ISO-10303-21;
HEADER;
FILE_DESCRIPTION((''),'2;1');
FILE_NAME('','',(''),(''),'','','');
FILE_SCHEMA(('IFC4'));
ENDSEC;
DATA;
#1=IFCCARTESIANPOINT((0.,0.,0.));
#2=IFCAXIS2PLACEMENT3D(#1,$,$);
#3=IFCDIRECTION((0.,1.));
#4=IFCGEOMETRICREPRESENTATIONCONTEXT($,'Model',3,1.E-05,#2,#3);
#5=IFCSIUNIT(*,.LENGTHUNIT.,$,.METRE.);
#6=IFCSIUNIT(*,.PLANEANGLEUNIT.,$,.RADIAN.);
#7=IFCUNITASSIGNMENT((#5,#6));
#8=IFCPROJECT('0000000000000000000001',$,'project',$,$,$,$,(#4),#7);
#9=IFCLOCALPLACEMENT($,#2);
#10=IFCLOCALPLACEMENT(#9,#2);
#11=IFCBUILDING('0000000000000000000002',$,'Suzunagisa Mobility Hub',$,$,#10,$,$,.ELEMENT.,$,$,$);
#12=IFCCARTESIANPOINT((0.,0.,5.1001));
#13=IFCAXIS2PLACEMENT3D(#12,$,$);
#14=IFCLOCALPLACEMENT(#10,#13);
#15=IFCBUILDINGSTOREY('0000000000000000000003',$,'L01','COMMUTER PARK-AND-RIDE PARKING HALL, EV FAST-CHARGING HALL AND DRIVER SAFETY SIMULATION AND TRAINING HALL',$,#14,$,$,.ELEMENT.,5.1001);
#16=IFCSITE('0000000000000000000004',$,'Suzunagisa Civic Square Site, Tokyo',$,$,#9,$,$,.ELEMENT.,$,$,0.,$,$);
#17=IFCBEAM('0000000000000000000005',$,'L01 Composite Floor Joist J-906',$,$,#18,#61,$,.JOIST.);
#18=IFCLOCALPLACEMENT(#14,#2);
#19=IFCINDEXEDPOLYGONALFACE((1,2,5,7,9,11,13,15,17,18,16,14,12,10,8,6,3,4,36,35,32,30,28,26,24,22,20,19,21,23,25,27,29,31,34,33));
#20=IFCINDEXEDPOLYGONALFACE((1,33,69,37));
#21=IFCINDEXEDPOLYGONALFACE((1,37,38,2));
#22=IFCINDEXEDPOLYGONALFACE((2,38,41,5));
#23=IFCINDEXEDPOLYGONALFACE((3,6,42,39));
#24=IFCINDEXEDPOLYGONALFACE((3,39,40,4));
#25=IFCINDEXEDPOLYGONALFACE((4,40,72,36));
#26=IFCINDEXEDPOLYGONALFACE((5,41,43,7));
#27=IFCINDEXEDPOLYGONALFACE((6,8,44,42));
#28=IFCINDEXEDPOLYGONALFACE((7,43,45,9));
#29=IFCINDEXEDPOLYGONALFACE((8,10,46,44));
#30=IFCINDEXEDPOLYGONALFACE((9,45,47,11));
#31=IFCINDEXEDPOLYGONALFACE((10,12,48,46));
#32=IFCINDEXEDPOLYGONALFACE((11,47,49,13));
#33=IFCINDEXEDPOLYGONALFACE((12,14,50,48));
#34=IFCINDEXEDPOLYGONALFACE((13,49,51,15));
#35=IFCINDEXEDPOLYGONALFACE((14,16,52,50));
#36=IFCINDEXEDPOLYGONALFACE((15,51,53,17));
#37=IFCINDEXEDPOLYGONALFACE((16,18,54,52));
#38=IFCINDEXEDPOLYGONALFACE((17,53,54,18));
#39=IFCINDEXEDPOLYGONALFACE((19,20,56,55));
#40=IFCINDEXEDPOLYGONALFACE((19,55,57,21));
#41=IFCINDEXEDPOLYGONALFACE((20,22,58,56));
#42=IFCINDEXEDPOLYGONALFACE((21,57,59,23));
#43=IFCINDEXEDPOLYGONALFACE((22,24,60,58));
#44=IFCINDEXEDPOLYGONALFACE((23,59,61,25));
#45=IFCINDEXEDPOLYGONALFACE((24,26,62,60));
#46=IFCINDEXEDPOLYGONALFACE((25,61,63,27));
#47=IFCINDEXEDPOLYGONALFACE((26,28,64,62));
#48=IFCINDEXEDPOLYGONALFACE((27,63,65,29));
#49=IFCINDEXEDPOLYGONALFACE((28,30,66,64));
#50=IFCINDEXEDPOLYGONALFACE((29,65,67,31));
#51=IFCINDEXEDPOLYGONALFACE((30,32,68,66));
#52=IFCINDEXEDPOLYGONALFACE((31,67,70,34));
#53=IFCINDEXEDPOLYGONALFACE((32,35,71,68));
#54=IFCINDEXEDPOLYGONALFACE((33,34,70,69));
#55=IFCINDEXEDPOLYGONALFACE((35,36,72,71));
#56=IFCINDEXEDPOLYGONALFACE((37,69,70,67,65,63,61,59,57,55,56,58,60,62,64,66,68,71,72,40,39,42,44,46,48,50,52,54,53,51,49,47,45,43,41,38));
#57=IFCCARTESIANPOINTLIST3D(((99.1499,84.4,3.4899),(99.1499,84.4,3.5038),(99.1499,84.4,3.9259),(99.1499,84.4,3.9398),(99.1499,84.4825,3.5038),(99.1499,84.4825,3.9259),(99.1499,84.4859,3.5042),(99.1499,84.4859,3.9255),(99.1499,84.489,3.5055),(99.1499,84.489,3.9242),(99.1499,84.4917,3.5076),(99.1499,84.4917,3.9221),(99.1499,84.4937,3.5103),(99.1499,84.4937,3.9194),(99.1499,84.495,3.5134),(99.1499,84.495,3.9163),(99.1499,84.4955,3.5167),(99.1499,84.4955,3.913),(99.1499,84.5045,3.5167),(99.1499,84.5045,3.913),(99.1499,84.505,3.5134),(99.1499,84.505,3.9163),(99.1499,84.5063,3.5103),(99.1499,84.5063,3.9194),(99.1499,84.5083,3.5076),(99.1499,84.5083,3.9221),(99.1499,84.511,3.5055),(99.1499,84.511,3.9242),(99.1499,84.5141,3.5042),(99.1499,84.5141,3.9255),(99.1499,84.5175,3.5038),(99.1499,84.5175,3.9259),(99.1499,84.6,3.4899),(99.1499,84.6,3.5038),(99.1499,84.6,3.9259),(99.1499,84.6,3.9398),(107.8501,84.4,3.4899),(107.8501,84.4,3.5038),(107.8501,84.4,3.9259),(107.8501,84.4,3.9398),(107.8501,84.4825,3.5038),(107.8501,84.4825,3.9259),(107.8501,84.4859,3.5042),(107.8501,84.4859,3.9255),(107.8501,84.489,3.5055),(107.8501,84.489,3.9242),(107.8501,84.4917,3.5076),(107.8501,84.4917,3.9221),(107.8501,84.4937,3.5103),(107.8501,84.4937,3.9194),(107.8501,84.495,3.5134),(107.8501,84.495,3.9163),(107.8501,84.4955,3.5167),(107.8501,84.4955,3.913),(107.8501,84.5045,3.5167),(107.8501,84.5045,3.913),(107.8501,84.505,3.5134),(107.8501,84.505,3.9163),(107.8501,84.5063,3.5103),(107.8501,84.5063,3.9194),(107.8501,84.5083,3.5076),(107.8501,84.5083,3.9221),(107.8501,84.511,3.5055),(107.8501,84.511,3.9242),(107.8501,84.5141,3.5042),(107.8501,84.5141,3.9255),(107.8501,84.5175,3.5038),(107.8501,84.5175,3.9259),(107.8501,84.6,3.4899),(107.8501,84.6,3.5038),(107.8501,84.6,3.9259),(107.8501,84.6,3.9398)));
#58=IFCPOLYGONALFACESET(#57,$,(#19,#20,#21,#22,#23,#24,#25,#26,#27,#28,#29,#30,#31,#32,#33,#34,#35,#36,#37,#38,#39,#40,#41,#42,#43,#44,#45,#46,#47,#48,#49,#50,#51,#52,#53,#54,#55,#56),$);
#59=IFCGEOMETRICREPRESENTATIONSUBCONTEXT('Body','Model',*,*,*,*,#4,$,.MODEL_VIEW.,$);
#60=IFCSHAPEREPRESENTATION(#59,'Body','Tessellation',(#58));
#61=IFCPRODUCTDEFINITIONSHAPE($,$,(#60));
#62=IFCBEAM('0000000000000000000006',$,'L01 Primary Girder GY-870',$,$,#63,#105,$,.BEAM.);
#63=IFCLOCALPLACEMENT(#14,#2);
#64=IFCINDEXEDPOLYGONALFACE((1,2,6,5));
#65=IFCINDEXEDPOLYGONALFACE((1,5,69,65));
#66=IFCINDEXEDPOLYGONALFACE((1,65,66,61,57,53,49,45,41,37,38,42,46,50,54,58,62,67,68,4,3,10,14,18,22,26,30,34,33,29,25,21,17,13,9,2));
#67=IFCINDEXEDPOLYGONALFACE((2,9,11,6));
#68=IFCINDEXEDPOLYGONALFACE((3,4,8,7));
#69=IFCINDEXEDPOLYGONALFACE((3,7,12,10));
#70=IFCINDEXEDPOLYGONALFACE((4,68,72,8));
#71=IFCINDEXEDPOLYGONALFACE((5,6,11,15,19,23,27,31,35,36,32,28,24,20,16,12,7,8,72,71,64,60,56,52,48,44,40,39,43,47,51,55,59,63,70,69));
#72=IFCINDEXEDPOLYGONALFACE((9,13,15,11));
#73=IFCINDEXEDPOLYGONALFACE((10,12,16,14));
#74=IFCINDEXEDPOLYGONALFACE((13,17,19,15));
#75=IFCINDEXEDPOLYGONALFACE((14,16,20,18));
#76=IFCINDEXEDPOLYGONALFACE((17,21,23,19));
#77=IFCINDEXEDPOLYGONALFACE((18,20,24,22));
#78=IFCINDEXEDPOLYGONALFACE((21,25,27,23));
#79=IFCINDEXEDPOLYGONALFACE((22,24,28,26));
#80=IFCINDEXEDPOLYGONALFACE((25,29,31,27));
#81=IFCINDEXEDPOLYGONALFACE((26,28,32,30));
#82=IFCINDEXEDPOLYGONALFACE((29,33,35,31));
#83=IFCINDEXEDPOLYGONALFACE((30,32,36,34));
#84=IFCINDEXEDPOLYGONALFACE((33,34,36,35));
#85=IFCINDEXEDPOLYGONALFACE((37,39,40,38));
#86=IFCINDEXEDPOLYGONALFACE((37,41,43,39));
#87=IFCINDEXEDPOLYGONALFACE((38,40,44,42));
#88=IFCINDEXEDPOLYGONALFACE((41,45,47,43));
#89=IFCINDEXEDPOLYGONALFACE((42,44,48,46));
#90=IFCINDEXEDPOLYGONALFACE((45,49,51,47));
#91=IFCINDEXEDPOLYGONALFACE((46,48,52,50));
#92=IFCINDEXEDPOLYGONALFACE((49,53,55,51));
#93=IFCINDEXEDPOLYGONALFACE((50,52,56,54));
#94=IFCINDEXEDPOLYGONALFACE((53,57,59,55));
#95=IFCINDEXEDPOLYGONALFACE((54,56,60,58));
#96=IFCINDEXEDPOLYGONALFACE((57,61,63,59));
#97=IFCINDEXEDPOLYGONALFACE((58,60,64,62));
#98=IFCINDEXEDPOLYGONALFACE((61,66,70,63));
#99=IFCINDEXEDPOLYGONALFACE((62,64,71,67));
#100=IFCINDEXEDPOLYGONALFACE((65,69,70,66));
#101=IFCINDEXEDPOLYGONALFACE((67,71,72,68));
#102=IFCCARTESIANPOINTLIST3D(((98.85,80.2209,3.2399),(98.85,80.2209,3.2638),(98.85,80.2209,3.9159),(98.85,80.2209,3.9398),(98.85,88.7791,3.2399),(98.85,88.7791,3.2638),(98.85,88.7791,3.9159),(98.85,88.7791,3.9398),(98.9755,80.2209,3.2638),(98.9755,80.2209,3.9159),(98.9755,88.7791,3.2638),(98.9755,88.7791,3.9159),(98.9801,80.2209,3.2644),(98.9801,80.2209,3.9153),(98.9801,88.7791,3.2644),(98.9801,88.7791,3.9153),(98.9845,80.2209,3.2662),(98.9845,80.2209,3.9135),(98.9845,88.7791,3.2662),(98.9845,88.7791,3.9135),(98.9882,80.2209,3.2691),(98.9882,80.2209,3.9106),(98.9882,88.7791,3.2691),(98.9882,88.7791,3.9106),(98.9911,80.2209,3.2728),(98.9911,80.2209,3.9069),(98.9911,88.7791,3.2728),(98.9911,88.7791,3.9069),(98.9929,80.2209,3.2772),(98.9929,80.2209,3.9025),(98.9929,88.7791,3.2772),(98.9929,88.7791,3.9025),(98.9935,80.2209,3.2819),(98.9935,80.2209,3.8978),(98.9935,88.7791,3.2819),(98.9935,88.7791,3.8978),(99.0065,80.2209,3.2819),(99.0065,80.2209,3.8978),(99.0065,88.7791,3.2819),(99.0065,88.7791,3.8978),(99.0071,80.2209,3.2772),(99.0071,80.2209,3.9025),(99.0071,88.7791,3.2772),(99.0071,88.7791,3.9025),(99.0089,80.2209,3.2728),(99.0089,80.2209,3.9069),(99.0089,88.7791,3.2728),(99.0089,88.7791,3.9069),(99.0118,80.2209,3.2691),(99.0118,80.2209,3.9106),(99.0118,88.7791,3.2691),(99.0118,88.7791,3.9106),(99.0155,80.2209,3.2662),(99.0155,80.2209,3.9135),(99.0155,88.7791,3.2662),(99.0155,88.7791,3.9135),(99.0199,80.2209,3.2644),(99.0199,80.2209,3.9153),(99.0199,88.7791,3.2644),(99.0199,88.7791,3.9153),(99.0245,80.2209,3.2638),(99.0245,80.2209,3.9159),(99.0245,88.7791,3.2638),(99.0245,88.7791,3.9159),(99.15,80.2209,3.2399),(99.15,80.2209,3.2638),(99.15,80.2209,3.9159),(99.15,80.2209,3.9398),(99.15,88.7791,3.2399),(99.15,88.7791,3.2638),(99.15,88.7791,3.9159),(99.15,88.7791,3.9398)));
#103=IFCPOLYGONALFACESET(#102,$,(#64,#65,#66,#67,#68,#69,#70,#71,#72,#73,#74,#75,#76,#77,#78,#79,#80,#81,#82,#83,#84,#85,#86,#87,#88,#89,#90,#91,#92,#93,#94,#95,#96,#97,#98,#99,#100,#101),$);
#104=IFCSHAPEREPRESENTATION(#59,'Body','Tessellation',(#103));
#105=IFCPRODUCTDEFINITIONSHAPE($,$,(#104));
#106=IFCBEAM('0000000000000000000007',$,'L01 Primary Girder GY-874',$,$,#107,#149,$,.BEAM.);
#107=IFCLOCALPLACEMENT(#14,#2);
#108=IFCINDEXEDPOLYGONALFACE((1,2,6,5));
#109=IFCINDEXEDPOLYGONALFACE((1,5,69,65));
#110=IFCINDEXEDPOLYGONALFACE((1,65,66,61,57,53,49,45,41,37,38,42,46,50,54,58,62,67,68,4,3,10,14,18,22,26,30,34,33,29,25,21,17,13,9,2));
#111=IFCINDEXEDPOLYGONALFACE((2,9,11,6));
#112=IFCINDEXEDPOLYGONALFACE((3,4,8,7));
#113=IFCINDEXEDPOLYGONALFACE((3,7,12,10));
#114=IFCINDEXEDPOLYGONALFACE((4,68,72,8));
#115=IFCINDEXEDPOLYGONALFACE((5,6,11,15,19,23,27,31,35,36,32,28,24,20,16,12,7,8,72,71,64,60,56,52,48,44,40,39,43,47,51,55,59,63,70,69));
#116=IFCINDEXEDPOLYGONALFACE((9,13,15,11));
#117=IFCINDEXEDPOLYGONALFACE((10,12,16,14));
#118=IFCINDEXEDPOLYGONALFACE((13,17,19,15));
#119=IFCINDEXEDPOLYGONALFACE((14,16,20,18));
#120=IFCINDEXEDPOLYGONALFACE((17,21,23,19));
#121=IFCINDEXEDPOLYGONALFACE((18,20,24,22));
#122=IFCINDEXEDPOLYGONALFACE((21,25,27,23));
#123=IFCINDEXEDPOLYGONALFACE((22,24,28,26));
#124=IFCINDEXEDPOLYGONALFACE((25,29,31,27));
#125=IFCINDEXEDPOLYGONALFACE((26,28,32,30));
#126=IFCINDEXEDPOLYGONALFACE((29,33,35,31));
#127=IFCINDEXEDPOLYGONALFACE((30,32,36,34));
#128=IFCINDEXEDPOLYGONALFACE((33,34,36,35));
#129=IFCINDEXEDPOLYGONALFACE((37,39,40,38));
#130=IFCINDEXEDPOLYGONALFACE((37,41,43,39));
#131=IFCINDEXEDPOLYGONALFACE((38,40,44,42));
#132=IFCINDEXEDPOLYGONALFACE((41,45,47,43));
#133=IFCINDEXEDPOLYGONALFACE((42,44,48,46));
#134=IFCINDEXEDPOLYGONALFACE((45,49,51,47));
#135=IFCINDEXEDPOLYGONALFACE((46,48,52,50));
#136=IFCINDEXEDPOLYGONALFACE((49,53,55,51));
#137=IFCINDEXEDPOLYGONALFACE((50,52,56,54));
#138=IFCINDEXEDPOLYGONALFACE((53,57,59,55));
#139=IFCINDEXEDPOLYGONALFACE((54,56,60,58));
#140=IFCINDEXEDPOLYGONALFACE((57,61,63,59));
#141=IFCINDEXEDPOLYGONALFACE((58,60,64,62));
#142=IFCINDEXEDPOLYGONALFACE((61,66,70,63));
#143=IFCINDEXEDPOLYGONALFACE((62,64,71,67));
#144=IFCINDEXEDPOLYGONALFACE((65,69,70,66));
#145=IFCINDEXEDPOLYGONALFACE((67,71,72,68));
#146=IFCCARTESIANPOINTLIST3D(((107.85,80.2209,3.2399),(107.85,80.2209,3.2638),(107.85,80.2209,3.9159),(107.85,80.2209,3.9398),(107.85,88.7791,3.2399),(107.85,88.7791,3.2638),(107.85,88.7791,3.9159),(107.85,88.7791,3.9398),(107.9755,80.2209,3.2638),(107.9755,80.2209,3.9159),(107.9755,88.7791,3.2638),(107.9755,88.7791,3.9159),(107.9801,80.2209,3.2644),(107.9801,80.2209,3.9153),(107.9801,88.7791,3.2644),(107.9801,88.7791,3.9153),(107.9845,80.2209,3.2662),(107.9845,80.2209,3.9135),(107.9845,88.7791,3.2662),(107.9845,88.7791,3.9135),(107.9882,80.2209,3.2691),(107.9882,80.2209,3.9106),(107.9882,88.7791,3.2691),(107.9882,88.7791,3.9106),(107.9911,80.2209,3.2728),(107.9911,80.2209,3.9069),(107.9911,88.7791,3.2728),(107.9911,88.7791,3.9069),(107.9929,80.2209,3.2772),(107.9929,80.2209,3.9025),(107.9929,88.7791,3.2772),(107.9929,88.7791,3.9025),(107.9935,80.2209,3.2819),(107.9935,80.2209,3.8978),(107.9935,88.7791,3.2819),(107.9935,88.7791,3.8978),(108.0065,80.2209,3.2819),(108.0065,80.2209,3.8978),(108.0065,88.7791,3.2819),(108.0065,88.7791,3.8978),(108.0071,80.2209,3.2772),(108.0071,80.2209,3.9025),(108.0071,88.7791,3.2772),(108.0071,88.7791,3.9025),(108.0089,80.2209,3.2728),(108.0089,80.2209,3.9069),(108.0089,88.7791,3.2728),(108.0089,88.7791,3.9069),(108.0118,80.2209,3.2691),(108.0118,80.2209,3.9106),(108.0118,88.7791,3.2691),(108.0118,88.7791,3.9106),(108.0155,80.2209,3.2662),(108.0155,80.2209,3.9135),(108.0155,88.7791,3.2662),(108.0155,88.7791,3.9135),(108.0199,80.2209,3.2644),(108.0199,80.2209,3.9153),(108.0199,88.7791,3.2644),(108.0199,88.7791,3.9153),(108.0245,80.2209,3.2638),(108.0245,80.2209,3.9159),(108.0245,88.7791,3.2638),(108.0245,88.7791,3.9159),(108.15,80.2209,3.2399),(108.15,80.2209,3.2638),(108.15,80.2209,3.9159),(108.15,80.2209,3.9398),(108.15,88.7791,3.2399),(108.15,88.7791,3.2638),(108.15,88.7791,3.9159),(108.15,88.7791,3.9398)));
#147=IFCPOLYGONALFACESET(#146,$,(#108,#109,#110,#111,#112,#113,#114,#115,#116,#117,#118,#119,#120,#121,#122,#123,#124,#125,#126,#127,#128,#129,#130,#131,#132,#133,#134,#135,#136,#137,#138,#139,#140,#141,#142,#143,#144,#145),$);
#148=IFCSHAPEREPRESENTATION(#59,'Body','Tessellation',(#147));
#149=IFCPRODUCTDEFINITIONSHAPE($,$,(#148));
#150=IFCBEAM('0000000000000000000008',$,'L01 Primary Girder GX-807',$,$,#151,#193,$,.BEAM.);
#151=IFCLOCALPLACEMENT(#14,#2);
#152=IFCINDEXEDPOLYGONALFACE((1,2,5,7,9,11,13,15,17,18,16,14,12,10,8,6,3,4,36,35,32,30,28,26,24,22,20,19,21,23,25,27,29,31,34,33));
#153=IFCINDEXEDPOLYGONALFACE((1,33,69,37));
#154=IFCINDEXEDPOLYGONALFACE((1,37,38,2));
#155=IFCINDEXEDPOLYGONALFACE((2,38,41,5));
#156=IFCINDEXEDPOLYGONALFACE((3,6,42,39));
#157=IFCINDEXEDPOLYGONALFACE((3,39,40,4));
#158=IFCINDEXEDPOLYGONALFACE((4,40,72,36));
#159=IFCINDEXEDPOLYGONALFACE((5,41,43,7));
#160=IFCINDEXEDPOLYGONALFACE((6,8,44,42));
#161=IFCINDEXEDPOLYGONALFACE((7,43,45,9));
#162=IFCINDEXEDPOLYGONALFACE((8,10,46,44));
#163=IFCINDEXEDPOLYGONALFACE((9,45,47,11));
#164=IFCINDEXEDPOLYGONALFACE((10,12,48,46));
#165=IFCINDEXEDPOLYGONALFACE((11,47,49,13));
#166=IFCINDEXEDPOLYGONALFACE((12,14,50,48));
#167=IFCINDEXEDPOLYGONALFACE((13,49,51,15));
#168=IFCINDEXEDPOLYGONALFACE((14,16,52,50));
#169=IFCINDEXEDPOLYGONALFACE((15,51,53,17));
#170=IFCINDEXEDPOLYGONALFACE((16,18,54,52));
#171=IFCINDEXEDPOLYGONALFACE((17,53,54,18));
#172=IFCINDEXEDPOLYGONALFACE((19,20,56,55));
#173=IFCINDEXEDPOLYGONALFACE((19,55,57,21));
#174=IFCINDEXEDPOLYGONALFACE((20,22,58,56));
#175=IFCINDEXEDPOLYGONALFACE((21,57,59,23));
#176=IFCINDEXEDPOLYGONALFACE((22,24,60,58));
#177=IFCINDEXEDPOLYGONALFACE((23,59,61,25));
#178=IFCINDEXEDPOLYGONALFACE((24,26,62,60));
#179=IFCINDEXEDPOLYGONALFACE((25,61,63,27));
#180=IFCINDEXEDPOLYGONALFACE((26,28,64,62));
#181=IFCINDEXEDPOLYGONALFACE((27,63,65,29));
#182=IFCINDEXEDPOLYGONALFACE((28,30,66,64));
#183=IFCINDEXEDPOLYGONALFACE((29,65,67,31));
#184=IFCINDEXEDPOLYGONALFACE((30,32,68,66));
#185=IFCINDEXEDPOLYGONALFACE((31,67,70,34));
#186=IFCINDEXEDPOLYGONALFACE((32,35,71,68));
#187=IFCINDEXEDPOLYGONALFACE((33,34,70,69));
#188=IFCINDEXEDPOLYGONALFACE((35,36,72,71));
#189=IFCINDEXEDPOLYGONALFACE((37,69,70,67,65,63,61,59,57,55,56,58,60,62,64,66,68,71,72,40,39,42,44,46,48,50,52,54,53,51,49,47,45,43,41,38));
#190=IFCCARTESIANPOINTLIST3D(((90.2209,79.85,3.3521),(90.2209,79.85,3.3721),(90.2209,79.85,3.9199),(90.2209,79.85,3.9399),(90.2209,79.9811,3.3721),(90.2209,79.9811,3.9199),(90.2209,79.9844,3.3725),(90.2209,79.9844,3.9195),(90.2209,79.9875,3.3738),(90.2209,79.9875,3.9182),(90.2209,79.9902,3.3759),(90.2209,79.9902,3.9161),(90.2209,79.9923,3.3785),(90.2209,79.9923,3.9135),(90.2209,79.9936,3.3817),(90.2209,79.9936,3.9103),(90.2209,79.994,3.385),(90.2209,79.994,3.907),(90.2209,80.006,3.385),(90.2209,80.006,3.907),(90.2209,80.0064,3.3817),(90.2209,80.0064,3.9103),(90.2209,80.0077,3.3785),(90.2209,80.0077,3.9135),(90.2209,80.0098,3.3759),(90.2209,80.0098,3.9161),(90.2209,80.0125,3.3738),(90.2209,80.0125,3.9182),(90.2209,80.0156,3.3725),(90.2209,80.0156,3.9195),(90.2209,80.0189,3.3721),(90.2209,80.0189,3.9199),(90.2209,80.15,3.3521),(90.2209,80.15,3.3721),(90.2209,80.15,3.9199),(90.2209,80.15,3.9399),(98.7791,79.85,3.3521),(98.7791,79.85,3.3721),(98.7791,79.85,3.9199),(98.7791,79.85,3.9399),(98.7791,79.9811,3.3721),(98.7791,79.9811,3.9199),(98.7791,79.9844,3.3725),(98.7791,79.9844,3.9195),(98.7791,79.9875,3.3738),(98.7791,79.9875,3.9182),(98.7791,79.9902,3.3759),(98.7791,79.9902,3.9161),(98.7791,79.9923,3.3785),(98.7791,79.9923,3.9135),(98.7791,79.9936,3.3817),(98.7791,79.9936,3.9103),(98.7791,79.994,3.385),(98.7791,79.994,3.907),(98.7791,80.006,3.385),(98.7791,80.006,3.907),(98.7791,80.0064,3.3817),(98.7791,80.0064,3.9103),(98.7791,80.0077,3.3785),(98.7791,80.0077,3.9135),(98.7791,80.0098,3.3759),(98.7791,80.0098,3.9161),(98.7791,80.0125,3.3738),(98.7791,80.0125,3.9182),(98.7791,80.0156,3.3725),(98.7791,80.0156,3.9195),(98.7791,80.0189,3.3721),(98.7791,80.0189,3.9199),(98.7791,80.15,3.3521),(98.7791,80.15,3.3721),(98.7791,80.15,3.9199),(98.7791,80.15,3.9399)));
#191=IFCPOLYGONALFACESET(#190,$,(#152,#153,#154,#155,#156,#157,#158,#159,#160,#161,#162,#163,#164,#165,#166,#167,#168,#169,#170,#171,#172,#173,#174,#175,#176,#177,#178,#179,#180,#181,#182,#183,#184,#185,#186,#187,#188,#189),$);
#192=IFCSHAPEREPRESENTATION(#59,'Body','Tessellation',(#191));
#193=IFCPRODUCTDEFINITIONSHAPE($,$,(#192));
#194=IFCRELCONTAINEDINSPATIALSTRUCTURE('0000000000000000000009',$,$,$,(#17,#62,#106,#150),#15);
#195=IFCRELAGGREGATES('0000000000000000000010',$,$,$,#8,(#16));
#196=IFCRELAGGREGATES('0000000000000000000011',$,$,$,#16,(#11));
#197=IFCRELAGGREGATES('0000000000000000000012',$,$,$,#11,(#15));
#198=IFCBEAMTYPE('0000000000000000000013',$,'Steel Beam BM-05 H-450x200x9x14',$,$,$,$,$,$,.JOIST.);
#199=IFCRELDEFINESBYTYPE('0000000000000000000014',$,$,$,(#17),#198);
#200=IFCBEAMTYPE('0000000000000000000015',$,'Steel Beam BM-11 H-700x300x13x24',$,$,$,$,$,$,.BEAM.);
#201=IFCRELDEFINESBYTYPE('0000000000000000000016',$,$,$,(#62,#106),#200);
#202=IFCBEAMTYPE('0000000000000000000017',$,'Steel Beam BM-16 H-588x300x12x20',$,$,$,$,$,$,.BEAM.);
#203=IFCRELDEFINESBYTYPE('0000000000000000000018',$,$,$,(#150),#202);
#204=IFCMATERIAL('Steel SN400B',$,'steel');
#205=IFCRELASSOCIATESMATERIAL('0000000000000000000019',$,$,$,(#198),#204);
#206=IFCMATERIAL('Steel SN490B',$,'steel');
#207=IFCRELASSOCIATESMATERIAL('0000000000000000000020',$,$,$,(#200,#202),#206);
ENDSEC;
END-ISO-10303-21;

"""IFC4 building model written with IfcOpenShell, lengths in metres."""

from ifc_helpers import new_model, si_unit, direction, frame, origin, origin_2d, place, context, subcontext, project, spatial, i_section, extrude, material, material_profile, profile_set, type_object, element, save


model = new_model("IFC4")

# Units and contexts
model_context = context("Model", 3, precision=1e-05, world=origin(), true_north=direction((0.0, 1.0)))
body_context = subcontext(model_context, "Body", "Model", "MODEL_VIEW")
ifc_project = project(units=[si_unit("LENGTHUNIT", "METRE"), si_unit("PLANEANGLEUNIT", "RADIAN")], contexts=[model_context])

# Site, building, storey
site_placement = place(None, origin())
site = spatial("IfcSite", under=ifc_project, at=site_placement, Name="Suzunagisa Civic Square Site, Tokyo", CompositionType="ELEMENT", RefElevation=0.0)
building_placement = place(site_placement, origin())
building = spatial("IfcBuilding", under=site, at=building_placement, Name="Suzunagisa Mobility Hub", CompositionType="ELEMENT")
storey_placement = place(building_placement, frame((0.0, 0.0, 5.1001)))
storey = spatial("IfcBuildingStorey", under=building, at=storey_placement, Name="L01", Description="COMMUTER PARK-AND-RIDE PARKING HALL, EV FAST-CHARGING HALL AND DRIVER SAFETY SIMULATION AND TRAINING HALL", CompositionType="ELEMENT", Elevation=5.1001)

# Shared definitions
ifc_material_1 = material(Name="Steel SN490B", Category="steel")

# Beams
ifc_material_2 = material(Name="Steel SN400B", Category="steel")
ifc_material_profile_1 = material_profile(ifc_material_2, i_section(OverallWidth=0.2, OverallDepth=0.45, WebThickness=0.009, FlangeThickness=0.0139, FilletRadius=0.0129, at=origin_2d()), Name="H-450x200x9x14")
ifc_profile_set_1 = profile_set([ifc_material_profile_1], Name="Steel SN400B")
beam_type_1 = type_object("IfcBeamType", Name="Steel Beam BM-05 H-450x200x9x14", PredefinedType="JOIST", material=ifc_profile_set_1)
beam_placement = place(storey_placement, frame((99.1499, 84.5, 3.7148), z_axis=(1.0, 0.0, 0.0), x_axis=(0.0, 1.0, 0.0)))
element("IfcBeam", 1, at=beam_placement, inside=storey, type_object=beam_type_1, Name="L01 Composite Floor Joist J-906", PredefinedType="JOIST", context=body_context, shape_type="SweptSolid", body=[
    extrude(i_section(OverallWidth=0.2, OverallDepth=0.45, WebThickness=0.009, FlangeThickness=0.0139, FilletRadius=0.0129, at=origin_2d()), origin(), (0.0, 0.0, 1.0), 8.7002),
])
ifc_material_profile_2 = material_profile(ifc_material_1, i_section(OverallWidth=0.3, OverallDepth=0.7, WebThickness=0.0129, FlangeThickness=0.0239, FilletRadius=0.0181, at=origin_2d()), Name="H-700x300x13x24")
ifc_profile_set_2 = profile_set([ifc_material_profile_2], Name="Steel SN490B")
beam_type_2 = type_object("IfcBeamType", Name="Steel Beam BM-11 H-700x300x13x24", PredefinedType="BEAM", material=ifc_profile_set_2)
for number, where, z_axis, x_axis, name in (
    (2, (99.0, 80.2209, 3.5898), (0.0, 1.0, 0.0), (-1.0, 0.0, 0.0), "L01 Primary Girder GY-870"),
    (3, (108.0, 80.2209, 3.5898), (0.0, 1.0, 0.0), (-1.0, 0.0, 0.0), "L01 Primary Girder GY-874"),
):
    element("IfcBeam", number, at=place(storey_placement, frame(where, z_axis=z_axis, x_axis=x_axis)), inside=storey, type_object=beam_type_2, Name=name, PredefinedType="BEAM", context=body_context, shape_type="SweptSolid", body=[
        extrude(i_section(OverallWidth=0.3, OverallDepth=0.7, WebThickness=0.0129, FlangeThickness=0.0239, FilletRadius=0.0181, at=origin_2d()), origin(), (0.0, 0.0, 1.0), 8.5581),
    ])
ifc_material_profile_3 = material_profile(ifc_material_1, i_section(OverallWidth=0.3, OverallDepth=0.5879, WebThickness=0.012, FlangeThickness=0.02, FilletRadius=0.0129, at=origin_2d()), Name="H-588x300x12x20")
ifc_profile_set_3 = profile_set([ifc_material_profile_3], Name="Steel SN490B")
beam_type_3 = type_object("IfcBeamType", Name="Steel Beam BM-16 H-588x300x12x20", PredefinedType="BEAM", material=ifc_profile_set_3)
for number, where, z_axis, x_axis, name in (
    (4, (90.2209, 80.0, 3.646), (1.0, 0.0, 0.0), (0.0, 1.0, 0.0), "L01 Primary Girder GX-807"),
):
    element("IfcBeam", number, at=place(storey_placement, frame(where, z_axis=z_axis, x_axis=x_axis)), inside=storey, type_object=beam_type_3, Name=name, PredefinedType="BEAM", context=body_context, shape_type="SweptSolid", body=[
        extrude(i_section(OverallWidth=0.3, OverallDepth=0.5879, WebThickness=0.012, FlangeThickness=0.02, FilletRadius=0.0129, at=origin_2d()), origin(), (0.0, 0.0, 1.0), 8.5581),
    ])

save(model, "model.ifc")
